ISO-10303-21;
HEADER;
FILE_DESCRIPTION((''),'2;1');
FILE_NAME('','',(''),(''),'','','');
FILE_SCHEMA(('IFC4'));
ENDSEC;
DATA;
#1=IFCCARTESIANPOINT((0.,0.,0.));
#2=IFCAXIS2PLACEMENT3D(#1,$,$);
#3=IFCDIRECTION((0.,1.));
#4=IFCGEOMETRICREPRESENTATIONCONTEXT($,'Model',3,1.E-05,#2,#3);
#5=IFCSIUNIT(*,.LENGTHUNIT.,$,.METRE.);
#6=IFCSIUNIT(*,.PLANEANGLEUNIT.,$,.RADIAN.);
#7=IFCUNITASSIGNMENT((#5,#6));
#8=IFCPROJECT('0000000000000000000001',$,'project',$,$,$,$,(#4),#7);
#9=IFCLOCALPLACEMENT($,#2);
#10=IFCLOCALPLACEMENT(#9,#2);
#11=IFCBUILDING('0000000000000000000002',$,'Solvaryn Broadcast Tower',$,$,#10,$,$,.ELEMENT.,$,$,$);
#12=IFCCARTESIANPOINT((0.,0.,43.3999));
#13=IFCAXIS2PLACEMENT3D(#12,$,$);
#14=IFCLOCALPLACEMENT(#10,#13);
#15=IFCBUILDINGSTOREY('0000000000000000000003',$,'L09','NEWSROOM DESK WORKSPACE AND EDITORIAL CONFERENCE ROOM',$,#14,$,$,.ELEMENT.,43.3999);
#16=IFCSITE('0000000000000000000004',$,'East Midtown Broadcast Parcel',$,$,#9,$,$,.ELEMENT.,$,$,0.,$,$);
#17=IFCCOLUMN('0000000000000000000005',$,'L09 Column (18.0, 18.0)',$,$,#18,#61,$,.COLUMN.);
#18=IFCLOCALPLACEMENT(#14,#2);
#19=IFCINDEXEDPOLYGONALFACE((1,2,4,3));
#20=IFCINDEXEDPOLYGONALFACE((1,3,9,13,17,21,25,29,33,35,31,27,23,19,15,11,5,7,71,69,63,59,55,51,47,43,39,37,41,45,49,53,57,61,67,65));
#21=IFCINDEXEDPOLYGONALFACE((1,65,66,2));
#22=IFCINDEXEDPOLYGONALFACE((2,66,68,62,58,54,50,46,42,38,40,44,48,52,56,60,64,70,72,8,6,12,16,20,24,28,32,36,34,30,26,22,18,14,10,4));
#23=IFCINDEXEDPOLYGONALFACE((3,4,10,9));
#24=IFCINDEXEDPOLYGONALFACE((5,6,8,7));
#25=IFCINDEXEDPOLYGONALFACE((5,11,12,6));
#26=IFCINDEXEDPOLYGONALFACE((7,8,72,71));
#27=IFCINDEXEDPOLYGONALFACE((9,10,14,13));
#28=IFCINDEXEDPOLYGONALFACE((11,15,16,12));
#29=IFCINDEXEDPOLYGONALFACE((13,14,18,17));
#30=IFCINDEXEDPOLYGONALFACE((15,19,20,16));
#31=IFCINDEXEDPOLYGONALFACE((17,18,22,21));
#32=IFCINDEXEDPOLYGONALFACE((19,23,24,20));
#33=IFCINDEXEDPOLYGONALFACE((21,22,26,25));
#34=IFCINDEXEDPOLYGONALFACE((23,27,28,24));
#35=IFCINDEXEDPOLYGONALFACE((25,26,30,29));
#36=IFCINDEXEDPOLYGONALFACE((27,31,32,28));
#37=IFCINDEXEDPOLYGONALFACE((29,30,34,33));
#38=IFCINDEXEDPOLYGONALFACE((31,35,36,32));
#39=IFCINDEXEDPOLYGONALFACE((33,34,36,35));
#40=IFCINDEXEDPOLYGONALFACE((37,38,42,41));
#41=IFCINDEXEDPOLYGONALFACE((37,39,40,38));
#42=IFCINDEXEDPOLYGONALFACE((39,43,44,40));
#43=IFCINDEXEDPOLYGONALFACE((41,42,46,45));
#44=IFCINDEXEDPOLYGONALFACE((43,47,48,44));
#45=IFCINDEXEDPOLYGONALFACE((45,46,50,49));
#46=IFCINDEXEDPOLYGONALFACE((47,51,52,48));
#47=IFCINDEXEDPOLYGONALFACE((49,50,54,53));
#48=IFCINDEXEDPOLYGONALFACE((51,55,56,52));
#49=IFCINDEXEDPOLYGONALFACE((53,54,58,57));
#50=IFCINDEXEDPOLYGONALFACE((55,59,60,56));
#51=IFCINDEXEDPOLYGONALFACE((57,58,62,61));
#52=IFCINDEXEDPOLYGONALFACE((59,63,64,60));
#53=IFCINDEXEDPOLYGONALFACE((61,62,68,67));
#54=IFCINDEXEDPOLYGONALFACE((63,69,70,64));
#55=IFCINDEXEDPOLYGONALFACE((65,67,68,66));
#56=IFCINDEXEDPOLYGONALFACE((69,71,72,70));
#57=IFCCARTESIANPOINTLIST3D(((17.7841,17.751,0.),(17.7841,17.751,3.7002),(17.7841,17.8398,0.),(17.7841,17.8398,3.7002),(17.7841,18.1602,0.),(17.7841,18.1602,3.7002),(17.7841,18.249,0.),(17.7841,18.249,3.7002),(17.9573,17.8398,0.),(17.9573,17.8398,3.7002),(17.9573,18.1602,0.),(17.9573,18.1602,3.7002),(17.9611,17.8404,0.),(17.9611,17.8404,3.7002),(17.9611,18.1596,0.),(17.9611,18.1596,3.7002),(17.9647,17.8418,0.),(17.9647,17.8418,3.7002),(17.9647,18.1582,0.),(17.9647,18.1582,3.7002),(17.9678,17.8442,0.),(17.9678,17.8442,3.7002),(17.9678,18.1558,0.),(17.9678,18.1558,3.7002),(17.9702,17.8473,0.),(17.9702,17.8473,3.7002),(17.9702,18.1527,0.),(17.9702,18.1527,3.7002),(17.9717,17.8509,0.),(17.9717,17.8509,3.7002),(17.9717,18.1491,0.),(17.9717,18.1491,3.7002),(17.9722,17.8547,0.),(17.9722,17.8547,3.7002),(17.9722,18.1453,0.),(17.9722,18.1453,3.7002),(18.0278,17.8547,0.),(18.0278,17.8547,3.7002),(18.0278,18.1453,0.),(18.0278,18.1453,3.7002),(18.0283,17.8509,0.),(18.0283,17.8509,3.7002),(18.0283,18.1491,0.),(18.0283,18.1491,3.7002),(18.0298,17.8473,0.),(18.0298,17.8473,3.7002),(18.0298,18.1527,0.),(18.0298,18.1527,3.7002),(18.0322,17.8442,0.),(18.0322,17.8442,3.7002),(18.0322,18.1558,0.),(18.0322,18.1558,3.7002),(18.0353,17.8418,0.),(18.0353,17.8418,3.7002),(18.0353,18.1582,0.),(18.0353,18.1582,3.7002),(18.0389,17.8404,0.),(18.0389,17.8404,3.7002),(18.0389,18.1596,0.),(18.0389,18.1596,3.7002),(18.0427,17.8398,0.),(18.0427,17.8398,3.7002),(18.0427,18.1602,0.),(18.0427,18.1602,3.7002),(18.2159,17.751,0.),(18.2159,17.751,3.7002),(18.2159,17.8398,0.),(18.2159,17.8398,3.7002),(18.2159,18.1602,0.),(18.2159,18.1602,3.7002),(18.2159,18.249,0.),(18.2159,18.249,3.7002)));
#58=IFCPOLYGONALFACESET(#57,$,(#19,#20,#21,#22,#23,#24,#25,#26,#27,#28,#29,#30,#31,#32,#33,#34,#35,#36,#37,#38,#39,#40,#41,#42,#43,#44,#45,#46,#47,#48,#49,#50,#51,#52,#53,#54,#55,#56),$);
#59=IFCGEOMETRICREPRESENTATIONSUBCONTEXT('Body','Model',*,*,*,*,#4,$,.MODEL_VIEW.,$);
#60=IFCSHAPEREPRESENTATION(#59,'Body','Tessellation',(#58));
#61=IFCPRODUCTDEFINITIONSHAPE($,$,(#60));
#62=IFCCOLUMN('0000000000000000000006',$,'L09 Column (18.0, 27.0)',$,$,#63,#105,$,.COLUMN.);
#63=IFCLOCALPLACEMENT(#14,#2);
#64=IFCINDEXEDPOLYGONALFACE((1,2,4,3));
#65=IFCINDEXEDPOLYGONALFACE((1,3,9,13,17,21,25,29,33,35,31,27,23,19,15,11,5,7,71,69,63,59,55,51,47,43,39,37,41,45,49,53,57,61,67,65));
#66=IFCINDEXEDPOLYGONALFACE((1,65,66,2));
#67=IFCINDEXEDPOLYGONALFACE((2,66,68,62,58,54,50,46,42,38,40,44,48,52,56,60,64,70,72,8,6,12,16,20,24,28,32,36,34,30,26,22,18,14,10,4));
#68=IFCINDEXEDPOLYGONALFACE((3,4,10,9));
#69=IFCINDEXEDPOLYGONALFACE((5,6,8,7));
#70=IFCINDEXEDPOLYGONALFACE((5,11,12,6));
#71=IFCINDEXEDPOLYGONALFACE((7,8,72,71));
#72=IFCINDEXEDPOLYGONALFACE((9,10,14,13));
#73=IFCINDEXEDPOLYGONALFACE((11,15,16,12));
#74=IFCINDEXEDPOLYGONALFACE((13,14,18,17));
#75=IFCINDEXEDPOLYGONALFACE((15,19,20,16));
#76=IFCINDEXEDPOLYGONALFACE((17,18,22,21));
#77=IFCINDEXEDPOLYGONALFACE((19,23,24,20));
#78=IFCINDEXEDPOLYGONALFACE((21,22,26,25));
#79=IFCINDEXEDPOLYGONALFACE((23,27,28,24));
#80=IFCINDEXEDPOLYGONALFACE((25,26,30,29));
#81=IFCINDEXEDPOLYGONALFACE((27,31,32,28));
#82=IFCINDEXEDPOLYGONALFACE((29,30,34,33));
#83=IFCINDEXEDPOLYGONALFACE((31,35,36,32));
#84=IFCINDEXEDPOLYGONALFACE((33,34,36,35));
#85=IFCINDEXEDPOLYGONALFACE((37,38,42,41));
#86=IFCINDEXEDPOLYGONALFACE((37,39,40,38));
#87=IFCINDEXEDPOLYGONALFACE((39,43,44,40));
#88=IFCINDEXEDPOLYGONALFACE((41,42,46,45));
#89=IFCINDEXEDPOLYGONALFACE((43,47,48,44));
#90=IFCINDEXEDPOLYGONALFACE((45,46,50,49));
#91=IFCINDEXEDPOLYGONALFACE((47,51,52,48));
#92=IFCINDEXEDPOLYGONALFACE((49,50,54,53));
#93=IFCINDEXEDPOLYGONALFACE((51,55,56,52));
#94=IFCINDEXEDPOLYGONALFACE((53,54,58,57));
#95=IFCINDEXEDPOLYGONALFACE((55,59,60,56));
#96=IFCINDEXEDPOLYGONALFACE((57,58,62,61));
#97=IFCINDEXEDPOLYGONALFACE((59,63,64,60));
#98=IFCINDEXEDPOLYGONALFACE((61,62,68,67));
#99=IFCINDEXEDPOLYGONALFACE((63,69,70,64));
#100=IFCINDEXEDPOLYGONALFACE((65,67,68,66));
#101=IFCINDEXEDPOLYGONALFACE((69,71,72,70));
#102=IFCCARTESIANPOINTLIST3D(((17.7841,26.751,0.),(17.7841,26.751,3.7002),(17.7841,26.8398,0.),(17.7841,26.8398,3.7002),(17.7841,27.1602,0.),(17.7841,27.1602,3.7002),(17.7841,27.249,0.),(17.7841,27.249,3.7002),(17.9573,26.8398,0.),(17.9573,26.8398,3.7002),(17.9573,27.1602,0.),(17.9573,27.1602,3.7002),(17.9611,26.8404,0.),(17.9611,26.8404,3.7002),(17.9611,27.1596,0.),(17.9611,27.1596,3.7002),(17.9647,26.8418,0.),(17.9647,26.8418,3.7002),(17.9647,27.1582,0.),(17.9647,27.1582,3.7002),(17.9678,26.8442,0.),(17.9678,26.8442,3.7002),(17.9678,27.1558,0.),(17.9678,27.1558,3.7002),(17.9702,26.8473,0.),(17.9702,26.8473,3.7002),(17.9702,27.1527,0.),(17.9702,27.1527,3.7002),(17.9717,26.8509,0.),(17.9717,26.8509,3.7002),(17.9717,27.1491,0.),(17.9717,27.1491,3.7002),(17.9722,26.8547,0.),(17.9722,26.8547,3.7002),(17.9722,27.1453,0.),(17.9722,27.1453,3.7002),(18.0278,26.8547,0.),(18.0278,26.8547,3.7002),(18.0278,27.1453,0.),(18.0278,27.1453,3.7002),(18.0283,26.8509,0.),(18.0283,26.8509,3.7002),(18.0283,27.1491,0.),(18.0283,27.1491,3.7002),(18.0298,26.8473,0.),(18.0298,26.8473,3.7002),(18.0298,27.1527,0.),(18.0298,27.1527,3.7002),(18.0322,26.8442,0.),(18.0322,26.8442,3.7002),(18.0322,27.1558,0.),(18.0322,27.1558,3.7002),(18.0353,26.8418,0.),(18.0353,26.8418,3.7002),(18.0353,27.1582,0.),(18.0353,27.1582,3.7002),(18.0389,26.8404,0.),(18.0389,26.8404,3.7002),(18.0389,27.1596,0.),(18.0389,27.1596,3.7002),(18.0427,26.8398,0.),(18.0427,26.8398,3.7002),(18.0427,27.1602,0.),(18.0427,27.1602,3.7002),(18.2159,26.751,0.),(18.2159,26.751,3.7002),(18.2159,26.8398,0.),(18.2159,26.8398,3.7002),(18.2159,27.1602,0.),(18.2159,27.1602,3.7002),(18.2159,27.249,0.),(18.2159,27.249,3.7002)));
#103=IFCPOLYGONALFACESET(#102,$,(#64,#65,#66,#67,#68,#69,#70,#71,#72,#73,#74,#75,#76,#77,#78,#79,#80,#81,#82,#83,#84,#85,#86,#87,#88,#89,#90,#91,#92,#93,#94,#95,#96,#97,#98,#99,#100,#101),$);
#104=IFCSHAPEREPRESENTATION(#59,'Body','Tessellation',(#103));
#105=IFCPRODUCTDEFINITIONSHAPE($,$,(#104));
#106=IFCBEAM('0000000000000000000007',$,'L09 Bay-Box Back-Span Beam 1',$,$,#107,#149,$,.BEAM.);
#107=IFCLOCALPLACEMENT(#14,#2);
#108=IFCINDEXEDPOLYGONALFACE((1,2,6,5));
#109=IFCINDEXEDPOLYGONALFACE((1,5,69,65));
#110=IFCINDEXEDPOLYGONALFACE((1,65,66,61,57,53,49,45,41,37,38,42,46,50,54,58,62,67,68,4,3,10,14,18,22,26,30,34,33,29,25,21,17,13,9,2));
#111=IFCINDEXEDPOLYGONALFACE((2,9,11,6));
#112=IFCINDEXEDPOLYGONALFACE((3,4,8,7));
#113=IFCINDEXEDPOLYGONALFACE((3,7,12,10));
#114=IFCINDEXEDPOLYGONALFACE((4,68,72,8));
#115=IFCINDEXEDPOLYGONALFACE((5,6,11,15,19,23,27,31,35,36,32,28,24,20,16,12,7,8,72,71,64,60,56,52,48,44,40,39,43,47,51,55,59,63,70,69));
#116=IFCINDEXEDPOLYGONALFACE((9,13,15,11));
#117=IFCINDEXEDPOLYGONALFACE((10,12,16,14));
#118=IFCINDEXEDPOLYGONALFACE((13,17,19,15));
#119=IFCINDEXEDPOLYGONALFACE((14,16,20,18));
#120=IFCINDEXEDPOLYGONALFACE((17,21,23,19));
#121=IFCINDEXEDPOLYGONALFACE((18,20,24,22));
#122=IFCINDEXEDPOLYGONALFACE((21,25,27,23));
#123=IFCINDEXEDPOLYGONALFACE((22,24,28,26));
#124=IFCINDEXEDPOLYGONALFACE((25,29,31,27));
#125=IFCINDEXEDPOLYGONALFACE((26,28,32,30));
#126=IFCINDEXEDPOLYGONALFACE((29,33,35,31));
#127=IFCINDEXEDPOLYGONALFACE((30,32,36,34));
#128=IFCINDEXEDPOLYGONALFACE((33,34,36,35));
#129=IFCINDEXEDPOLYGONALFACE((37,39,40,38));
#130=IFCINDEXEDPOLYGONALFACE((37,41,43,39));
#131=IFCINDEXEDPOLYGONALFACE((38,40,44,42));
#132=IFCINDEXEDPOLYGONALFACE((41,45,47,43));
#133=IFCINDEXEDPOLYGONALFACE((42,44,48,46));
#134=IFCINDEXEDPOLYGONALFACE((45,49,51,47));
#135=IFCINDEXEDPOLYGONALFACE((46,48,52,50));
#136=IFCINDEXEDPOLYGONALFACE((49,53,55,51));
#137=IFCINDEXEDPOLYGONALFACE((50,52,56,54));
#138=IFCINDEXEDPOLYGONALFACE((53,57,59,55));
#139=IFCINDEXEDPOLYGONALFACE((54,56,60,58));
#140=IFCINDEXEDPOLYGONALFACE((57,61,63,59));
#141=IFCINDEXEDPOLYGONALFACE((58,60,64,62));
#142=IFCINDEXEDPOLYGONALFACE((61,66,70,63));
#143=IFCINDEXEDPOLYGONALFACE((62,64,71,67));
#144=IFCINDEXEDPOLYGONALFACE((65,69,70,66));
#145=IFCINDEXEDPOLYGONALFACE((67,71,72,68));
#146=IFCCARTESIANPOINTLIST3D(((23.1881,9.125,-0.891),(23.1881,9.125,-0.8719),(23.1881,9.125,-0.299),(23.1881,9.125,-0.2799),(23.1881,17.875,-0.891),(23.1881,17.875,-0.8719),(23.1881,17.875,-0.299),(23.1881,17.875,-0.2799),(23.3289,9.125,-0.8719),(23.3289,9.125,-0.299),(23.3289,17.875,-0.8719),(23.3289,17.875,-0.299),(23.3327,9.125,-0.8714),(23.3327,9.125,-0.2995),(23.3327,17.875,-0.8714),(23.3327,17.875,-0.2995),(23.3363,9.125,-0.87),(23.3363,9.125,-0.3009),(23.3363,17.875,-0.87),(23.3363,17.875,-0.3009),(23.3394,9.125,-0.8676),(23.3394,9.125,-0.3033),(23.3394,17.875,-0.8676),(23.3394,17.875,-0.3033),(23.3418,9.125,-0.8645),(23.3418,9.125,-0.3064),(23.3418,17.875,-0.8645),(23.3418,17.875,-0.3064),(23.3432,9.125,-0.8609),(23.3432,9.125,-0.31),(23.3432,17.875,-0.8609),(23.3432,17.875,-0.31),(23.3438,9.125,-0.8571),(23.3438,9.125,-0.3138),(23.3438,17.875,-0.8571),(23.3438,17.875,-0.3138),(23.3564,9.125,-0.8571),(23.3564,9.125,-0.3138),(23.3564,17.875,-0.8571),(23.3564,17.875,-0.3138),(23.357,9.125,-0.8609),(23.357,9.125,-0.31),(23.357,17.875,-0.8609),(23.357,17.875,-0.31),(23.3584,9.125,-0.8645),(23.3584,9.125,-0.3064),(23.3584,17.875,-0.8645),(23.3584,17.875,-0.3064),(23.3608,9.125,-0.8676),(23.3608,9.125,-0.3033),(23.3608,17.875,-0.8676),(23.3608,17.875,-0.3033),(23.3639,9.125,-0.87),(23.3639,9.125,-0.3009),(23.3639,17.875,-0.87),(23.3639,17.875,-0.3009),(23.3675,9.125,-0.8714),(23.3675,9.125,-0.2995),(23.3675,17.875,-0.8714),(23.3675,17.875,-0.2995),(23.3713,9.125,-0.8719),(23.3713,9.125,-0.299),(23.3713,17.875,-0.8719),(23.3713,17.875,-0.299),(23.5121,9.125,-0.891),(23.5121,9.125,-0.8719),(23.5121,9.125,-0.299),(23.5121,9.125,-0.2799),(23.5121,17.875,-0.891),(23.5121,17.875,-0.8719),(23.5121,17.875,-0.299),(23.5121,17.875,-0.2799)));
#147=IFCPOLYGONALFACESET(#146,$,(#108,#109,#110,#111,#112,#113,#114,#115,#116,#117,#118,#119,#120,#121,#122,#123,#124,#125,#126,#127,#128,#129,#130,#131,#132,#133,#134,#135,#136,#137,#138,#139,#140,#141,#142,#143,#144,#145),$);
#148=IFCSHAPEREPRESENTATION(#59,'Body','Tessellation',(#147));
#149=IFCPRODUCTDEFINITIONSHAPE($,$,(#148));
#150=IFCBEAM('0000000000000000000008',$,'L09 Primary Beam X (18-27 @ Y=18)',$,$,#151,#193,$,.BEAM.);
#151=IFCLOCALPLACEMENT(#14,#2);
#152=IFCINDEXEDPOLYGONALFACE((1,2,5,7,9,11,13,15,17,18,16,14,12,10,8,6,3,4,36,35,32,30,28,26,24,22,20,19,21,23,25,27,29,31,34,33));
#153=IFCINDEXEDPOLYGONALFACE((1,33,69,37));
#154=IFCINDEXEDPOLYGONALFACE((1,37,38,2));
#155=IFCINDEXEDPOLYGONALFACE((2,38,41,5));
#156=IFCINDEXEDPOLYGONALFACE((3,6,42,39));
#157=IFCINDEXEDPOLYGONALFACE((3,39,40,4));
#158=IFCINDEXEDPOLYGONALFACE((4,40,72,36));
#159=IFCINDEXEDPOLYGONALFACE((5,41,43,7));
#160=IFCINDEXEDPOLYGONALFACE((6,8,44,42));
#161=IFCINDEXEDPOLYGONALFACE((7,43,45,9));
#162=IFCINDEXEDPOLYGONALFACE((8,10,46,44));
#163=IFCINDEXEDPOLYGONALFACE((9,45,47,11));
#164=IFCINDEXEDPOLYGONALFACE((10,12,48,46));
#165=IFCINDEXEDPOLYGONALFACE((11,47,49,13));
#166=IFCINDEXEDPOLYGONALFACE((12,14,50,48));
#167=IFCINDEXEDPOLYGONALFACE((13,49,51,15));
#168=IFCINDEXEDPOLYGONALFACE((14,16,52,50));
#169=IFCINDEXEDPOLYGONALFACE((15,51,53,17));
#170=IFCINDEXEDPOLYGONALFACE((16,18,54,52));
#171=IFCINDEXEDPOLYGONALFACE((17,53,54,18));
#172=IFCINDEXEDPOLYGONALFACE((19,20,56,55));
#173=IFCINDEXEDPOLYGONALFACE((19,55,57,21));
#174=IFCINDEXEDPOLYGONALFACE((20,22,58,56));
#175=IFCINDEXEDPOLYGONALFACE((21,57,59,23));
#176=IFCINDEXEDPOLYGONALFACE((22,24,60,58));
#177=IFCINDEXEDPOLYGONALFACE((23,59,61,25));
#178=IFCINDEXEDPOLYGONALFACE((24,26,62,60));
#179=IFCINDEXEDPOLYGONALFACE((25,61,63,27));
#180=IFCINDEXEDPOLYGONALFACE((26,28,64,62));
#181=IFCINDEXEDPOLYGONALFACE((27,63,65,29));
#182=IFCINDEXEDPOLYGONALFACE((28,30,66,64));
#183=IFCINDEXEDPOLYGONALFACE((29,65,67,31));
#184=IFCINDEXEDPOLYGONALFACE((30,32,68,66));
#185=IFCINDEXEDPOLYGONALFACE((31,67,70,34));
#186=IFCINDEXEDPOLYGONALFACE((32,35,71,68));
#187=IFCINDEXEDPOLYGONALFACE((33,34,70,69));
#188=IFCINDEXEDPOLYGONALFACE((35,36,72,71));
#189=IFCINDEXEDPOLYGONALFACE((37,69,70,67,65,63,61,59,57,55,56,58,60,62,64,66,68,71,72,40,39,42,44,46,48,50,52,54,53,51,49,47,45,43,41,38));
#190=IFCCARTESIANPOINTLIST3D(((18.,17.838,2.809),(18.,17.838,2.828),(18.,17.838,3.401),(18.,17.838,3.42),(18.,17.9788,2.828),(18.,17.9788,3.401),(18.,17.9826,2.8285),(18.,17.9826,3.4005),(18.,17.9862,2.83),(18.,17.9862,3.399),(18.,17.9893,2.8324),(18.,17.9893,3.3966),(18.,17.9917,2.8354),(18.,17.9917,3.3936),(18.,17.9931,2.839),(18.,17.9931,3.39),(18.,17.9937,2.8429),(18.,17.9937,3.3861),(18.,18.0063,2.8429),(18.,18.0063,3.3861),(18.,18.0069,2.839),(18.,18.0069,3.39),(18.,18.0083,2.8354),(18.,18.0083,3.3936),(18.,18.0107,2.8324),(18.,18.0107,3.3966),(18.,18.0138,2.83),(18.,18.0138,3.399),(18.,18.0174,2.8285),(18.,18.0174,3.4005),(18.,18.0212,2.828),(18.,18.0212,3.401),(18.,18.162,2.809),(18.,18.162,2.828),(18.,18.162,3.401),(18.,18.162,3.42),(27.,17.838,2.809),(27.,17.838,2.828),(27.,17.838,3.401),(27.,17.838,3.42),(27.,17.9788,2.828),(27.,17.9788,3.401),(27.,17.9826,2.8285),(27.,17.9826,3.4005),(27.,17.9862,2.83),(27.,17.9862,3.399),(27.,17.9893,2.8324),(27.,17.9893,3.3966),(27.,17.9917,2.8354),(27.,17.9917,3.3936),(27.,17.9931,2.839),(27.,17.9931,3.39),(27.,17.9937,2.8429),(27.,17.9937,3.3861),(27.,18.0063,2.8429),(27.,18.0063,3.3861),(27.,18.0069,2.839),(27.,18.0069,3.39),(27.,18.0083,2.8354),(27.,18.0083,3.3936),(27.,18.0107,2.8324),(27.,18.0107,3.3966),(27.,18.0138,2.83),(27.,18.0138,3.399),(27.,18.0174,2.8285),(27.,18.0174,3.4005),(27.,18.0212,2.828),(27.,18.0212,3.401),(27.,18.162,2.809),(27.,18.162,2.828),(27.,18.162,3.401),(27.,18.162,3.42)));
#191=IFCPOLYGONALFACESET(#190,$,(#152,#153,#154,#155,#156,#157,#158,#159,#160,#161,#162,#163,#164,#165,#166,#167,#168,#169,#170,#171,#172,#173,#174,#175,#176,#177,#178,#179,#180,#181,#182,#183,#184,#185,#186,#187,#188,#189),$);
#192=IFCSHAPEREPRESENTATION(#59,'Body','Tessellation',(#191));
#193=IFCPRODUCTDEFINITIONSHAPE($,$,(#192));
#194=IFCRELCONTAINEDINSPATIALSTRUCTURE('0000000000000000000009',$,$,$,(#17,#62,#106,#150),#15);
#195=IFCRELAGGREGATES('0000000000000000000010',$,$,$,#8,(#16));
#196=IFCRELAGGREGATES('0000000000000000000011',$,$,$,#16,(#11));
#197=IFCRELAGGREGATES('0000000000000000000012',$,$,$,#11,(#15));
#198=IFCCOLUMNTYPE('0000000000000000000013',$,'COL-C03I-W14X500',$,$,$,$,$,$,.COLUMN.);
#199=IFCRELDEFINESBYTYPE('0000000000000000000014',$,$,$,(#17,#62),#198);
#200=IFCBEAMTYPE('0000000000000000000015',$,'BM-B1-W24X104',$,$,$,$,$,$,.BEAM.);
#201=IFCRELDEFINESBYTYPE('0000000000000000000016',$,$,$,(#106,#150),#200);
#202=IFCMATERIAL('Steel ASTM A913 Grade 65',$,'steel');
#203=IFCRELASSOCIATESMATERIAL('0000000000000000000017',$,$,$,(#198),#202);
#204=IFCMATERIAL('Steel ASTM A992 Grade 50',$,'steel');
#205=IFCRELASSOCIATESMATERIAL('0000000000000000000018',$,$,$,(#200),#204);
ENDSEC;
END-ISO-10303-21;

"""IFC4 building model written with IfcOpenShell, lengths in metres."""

from ifc_helpers import new_model, si_unit, direction, frame, origin, origin_2d, place, context, subcontext, project, spatial, i_section, extrude, material, material_profile, profile_set, type_object, element, save


model = new_model("IFC4")

# Units and contexts
model_context = context("Model", 3, precision=1e-05, world=origin(), true_north=direction((0.0, 1.0)))
body_context = subcontext(model_context, "Body", "Model", "MODEL_VIEW")
ifc_project = project(units=[si_unit("LENGTHUNIT", "METRE"), si_unit("PLANEANGLEUNIT", "RADIAN")], contexts=[model_context])

# Site, building, storey
site_placement = place(None, origin())
site = spatial("IfcSite", under=ifc_project, at=site_placement, Name="East Midtown Broadcast Parcel", CompositionType="ELEMENT", RefElevation=0.0)
building_placement = place(site_placement, origin())
building = spatial("IfcBuilding", under=site, at=building_placement, Name="Solvaryn Broadcast Tower", CompositionType="ELEMENT")
storey_placement = place(building_placement, frame((0.0, 0.0, 43.3999)))
storey = spatial("IfcBuildingStorey", under=building, at=storey_placement, Name="L09", Description="NEWSROOM DESK WORKSPACE AND EDITORIAL CONFERENCE ROOM", CompositionType="ELEMENT", Elevation=43.3999)

# Columns
ifc_material_1 = material(Name="Steel ASTM A913 Grade 65", Category="steel")
ifc_material_profile_1 = material_profile(ifc_material_1, i_section(OverallWidth=0.4319, OverallDepth=0.498, WebThickness=0.0557, FlangeThickness=0.0889, FilletRadius=0.0149, at=origin_2d()))
ifc_profile_set_1 = profile_set([ifc_material_profile_1], Name="Steel ASTM A913 Grade 65")
column_type = type_object("IfcColumnType", Name="COL-C03I-W14X500", PredefinedType="COLUMN", material=ifc_profile_set_1)
for number, where, z_axis, x_axis, name in (
    (1, (18.0, 18.0, 0.0), (0.0, 0.0, 1.0), (1.0, 0.0, 0.0), "L09 Column (18.0, 18.0)"),
    (2, (18.0, 27.0, 0.0), (0.0, 0.0, 1.0), (1.0, 0.0, 0.0), "L09 Column (18.0, 27.0)"),
):
    element("IfcColumn", number, at=place(storey_placement, frame(where, z_axis=z_axis, x_axis=x_axis)), inside=storey, type_object=column_type, Name=name, PredefinedType="COLUMN", context=body_context, shape_type="SweptSolid", body=[
        extrude(i_section(OverallWidth=0.4319, OverallDepth=0.498, WebThickness=0.0557, FlangeThickness=0.0889, FilletRadius=0.0149, at=origin_2d()), origin(), (0.0, 0.0, 1.0), 3.7002),
    ])

# Beams
ifc_material_2 = material(Name="Steel ASTM A992 Grade 50", Category="steel")
ifc_material_profile_2 = material_profile(ifc_material_2, i_section(OverallWidth=0.324, OverallDepth=0.6111, WebThickness=0.0127, FlangeThickness=0.019, FilletRadius=0.0149, at=origin_2d()))
ifc_profile_set_2 = profile_set([ifc_material_profile_2], Name="Steel ASTM A992 Grade 50")
beam_type_1 = type_object("IfcBeamType", Name="BM-B1-W24X104", PredefinedType="BEAM", material=ifc_profile_set_2)
beam_1_placement = place(storey_placement, frame((23.3501, 17.875, -0.5854), z_axis=(0.0, -1.0, 0.0), x_axis=(1.0, 0.0, 0.0)))
element("IfcBeam", 3, at=beam_1_placement, inside=storey, type_object=beam_type_1, Name="L09 Bay-Box Back-Span Beam 1", PredefinedType="BEAM", context=body_context, shape_type="SweptSolid", body=[
    extrude(i_section(OverallWidth=0.324, OverallDepth=0.6111, WebThickness=0.0127, FlangeThickness=0.019, FilletRadius=0.0149, at=origin_2d()), origin(), (0.0, 0.0, 1.0), 8.75),
])
for number, where, z_axis, x_axis, name in (
    (4, (18.0, 18.0, 3.1145), (1.0, 0.0, 0.0), (0.0, 1.0, 0.0), "L09 Primary Beam X (18-27 @ Y=18)"),
):
    element("IfcBeam", number, at=place(storey_placement, frame(where, z_axis=z_axis, x_axis=x_axis)), inside=storey, type_object=beam_type_1, Name=name, PredefinedType="BEAM", context=body_context, shape_type="SweptSolid", body=[
        extrude(i_section(OverallWidth=0.324, OverallDepth=0.6111, WebThickness=0.0127, FlangeThickness=0.019, FilletRadius=0.0149, at=origin_2d()), origin(), (0.0, 0.0, 1.0), 9.0),
    ])

save(model, "model.ifc")
